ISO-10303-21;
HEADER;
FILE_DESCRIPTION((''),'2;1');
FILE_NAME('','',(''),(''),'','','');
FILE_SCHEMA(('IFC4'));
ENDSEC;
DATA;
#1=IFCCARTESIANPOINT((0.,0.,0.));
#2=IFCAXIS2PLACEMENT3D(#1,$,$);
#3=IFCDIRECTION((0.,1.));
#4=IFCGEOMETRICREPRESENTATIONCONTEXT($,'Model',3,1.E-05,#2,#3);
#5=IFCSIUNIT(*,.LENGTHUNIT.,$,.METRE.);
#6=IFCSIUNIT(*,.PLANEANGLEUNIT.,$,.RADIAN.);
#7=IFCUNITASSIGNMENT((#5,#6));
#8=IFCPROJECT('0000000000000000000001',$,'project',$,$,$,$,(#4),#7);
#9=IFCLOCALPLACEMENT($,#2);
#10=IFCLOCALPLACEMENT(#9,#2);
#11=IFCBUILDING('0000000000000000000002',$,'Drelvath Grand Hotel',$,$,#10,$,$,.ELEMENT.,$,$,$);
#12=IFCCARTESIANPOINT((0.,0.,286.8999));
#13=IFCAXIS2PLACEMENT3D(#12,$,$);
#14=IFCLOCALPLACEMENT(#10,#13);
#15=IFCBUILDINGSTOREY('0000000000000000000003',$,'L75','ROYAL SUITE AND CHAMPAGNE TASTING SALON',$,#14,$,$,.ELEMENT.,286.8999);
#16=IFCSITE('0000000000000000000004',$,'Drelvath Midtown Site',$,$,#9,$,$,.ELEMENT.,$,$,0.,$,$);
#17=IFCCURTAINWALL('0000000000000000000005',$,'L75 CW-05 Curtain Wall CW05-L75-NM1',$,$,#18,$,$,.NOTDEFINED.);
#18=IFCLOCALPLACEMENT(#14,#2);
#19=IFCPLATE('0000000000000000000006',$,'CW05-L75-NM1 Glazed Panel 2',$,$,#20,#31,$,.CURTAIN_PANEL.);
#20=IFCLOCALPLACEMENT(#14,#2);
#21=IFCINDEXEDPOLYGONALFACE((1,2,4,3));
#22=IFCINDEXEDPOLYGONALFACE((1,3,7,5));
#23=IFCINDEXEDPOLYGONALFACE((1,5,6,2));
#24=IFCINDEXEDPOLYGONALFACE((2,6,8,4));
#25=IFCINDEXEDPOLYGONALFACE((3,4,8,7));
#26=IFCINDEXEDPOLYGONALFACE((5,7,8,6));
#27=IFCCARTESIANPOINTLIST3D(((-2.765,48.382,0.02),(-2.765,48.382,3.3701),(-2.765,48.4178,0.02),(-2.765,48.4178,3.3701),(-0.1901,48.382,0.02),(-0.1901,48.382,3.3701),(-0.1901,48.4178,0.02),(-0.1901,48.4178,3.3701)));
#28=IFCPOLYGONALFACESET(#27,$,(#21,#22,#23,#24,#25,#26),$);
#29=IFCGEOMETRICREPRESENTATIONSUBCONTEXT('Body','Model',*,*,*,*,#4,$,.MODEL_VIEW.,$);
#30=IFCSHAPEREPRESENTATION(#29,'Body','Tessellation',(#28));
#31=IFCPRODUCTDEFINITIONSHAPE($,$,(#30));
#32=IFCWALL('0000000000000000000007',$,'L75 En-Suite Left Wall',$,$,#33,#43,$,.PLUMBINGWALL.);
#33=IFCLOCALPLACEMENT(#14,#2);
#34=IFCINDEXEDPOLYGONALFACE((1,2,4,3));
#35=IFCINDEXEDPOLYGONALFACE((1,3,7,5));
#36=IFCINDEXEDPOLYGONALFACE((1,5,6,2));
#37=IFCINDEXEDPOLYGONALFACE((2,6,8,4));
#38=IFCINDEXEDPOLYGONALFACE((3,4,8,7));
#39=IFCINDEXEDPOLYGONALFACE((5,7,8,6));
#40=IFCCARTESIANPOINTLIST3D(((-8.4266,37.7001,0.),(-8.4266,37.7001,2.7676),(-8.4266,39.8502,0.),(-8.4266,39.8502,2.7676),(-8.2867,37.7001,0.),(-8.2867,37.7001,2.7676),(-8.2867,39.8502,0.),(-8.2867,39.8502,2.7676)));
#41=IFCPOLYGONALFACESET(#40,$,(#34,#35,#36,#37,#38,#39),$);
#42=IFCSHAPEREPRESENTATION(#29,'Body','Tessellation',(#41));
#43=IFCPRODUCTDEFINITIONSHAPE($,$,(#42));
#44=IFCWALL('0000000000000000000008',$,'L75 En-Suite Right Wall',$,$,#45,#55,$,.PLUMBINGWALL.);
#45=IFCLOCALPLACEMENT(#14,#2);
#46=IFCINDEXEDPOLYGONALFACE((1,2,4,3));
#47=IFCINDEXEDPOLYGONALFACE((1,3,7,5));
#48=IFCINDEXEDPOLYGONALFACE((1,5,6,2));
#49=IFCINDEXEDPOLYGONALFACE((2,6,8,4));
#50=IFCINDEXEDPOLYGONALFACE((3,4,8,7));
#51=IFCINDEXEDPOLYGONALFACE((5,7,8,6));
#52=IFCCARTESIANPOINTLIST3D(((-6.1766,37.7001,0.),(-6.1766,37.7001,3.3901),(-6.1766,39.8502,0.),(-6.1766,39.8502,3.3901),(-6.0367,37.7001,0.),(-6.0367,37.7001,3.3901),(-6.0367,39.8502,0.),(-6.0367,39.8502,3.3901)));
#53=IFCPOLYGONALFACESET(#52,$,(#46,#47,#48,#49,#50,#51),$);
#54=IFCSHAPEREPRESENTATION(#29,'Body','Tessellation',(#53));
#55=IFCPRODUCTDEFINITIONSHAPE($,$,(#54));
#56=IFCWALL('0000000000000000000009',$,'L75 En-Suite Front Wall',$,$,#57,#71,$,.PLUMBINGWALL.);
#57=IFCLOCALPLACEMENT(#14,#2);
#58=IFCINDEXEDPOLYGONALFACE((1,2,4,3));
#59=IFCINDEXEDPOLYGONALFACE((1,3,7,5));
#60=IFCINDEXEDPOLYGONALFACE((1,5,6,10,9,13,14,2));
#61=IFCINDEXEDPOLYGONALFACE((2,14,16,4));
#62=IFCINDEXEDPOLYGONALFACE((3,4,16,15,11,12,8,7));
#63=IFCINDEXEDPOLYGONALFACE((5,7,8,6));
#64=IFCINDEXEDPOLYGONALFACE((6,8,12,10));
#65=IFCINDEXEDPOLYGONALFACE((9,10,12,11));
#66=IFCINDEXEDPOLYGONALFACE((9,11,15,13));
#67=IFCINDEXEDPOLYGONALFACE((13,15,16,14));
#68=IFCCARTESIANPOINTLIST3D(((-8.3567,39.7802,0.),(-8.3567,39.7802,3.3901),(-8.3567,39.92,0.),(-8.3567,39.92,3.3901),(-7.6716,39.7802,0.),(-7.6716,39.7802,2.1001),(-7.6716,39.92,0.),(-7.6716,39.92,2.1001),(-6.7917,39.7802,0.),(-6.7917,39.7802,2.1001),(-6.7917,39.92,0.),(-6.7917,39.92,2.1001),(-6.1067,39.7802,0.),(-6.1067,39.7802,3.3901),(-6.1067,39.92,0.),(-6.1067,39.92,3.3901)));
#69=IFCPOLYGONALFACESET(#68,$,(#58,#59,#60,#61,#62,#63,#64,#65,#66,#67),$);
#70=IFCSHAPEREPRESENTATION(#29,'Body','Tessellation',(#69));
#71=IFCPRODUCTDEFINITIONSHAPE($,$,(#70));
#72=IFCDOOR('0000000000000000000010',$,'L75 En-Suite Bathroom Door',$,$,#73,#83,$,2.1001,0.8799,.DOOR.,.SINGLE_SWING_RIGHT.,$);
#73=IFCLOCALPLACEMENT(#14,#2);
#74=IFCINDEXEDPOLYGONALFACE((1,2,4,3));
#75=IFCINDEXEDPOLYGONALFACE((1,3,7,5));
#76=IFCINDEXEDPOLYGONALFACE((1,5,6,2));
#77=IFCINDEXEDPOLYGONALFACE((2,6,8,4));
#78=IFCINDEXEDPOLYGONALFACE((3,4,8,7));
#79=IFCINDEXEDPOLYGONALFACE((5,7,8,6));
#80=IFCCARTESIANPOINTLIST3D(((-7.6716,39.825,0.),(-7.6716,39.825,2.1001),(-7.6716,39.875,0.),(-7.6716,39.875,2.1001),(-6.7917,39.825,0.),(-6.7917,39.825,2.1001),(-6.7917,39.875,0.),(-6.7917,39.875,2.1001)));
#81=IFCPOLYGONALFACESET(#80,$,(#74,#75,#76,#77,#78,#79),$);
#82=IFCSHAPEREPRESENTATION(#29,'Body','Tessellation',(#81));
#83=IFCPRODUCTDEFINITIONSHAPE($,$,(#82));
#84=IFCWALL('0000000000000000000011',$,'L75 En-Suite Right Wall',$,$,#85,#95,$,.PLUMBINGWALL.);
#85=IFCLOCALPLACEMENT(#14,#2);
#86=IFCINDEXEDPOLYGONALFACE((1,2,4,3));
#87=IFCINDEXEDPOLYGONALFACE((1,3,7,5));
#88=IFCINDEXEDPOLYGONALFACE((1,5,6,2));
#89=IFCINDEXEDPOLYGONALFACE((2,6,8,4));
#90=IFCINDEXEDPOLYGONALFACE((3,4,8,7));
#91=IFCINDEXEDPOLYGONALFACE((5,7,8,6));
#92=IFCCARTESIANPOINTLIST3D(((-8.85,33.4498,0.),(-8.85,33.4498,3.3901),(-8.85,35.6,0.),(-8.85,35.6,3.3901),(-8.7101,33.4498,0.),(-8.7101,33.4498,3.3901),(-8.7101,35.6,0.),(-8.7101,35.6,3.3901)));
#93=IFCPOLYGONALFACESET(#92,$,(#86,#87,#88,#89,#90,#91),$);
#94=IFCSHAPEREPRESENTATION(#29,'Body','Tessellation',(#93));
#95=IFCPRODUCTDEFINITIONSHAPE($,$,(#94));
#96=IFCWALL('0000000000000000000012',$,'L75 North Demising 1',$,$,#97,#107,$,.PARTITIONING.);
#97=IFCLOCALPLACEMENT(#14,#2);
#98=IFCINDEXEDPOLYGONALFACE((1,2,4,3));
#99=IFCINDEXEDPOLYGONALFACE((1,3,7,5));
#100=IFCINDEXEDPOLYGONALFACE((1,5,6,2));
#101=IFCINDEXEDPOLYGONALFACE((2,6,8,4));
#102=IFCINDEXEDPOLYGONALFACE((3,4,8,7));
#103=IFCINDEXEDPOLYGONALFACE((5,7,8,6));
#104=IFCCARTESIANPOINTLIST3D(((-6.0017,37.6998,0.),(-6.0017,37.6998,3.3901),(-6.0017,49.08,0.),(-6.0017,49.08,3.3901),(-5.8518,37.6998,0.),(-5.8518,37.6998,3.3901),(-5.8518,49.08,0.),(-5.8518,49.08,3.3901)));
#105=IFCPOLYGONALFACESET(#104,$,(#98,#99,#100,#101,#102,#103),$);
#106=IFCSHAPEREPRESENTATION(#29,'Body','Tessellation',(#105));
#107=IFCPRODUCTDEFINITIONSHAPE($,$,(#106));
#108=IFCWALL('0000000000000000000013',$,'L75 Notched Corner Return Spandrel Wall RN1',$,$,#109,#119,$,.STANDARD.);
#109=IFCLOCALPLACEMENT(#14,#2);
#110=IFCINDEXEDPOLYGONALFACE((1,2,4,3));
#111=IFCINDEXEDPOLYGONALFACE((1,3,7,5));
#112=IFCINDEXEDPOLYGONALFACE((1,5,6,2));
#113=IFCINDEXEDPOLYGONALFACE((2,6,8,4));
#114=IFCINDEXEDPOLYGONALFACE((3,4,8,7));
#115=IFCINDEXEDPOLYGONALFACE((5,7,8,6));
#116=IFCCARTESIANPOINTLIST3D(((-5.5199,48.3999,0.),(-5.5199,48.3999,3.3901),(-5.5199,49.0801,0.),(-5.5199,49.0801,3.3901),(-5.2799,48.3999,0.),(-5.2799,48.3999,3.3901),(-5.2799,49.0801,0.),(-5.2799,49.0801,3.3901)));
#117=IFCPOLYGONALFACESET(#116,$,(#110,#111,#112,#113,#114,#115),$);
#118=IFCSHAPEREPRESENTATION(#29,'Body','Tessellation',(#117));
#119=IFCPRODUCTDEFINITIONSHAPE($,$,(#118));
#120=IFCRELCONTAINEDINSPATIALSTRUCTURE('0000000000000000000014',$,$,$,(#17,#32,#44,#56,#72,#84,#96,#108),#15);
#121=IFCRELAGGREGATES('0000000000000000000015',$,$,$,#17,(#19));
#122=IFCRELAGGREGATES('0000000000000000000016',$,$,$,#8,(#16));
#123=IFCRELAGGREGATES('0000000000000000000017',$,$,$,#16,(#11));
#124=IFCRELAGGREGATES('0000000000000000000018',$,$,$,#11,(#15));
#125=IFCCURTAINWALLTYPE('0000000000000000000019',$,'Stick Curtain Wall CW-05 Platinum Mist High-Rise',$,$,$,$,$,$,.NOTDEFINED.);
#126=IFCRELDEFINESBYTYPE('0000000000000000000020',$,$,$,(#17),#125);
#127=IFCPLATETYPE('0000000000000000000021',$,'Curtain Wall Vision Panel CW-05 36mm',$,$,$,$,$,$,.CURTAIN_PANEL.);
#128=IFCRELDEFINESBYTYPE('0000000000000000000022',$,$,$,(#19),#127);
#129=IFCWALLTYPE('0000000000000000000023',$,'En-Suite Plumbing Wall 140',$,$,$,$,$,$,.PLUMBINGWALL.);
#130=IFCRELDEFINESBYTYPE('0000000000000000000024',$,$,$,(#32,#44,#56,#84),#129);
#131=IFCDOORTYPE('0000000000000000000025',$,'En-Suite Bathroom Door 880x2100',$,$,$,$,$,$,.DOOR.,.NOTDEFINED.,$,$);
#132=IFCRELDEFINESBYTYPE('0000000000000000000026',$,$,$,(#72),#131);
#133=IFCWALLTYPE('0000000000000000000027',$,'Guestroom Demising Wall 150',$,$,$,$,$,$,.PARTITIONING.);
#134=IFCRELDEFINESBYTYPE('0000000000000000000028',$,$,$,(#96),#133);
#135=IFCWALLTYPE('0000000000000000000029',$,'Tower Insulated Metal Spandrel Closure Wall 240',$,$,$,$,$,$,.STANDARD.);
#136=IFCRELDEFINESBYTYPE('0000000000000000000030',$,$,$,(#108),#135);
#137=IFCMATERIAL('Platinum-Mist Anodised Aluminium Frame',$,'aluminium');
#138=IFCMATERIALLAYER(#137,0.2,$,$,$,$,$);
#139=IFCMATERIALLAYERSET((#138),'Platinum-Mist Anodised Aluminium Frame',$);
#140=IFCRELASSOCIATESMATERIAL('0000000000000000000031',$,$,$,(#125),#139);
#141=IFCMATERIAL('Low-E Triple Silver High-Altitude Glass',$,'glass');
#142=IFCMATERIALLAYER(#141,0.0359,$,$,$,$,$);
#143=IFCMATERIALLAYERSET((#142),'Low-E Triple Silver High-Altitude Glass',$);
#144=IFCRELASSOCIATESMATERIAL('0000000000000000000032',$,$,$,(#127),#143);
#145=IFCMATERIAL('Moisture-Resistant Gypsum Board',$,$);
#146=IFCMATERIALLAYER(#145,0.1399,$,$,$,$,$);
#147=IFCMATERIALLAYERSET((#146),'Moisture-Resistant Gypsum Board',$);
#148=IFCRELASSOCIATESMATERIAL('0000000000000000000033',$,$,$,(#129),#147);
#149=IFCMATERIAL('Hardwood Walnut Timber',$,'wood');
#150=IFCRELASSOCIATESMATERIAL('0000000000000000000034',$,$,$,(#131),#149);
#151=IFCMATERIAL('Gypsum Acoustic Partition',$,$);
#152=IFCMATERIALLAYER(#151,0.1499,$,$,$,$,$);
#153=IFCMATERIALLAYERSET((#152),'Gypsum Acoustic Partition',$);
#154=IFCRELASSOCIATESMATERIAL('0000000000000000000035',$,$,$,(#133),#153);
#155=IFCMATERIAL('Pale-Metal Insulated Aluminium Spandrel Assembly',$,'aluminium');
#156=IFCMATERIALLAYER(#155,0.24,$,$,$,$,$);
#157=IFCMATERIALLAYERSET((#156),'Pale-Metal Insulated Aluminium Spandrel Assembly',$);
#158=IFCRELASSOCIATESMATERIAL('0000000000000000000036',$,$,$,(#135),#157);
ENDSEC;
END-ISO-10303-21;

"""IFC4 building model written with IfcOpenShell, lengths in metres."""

from ifc_helpers import new_model, si_unit, direction, frame, frame_2d, origin, origin_2d, place, context, subcontext, project, spatial, rectangle, extrude, material, layer, layer_set, type_object, element, fill, aggregate, save


model = new_model("IFC4")

# Units and contexts
model_context = context("Model", 3, precision=1e-05, world=origin(), true_north=direction((0.0, 1.0)))
body_context = subcontext(model_context, "Body", "Model", "MODEL_VIEW")
ifc_project = project(units=[si_unit("LENGTHUNIT", "METRE"), si_unit("PLANEANGLEUNIT", "RADIAN")], contexts=[model_context])

# Site, building, storey
site_placement = place(None, origin())
site = spatial("IfcSite", under=ifc_project, at=site_placement, Name="Drelvath Midtown Site", CompositionType="ELEMENT", RefElevation=0.0)
building_placement = place(site_placement, origin())
building = spatial("IfcBuilding", under=site, at=building_placement, Name="Drelvath Grand Hotel", CompositionType="ELEMENT")
storey_placement = place(building_placement, frame((0.0, 0.0, 286.8999)))
storey = spatial("IfcBuildingStorey", under=building, at=storey_placement, Name="L75", Description="ROYAL SUITE AND CHAMPAGNE TASTING SALON", CompositionType="ELEMENT", Elevation=286.8999)

# Curtain wall
ifc_material_1 = material(Name="Platinum-Mist Anodised Aluminium Frame", Category="aluminium")
ifc_layer_1 = layer(ifc_material_1, 0.2)
ifc_layer_set_1 = layer_set([ifc_layer_1], Name="Platinum-Mist Anodised Aluminium Frame")
curtain_wall_type = type_object("IfcCurtainWallType", Name="Stick Curtain Wall CW-05 Platinum Mist High-Rise", PredefinedType="NOTDEFINED", material=ifc_layer_set_1)
curtain_wall_1_placement = place(storey_placement, origin())
curtain_wall_1 = element("IfcCurtainWall", 1, at=curtain_wall_1_placement, inside=storey, type_object=curtain_wall_type, Name="L75 CW-05 Curtain Wall CW05-L75-NM1", PredefinedType="NOTDEFINED")

# Plate
ifc_material_2 = material(Name="Low-E Triple Silver High-Altitude Glass", Category="glass")
ifc_layer_2 = layer(ifc_material_2, 0.0359)
ifc_layer_set_2 = layer_set([ifc_layer_2], Name="Low-E Triple Silver High-Altitude Glass")
plate_type = type_object("IfcPlateType", Name="Curtain Wall Vision Panel CW-05 36mm", PredefinedType="CURTAIN_PANEL", material=ifc_layer_set_2)
plate_1_placement = place(storey_placement, frame((-1.4775, 48.3999, 0.02), z_axis=(0.0, 0.0, 1.0), x_axis=(1.0, 0.0, 0.0)))
plate_1 = element("IfcPlate", 2, at=plate_1_placement, type_object=plate_type, Name="CW05-L75-NM1 Glazed Panel 2", PredefinedType="CURTAIN_PANEL", context=body_context, shape_type="SweptSolid", body=[
    extrude(rectangle(XDim=2.575, YDim=0.0359, at=origin_2d()), origin(), (0.0, 0.0, 1.0), 3.3501),
])
aggregate(curtain_wall_1, [plate_1])

# Walls
ifc_material_3 = material(Name="Moisture-Resistant Gypsum Board")
ifc_layer_3 = layer(ifc_material_3, 0.1399)
ifc_layer_set_3 = layer_set([ifc_layer_3], Name="Moisture-Resistant Gypsum Board")
wall_type_1 = type_object("IfcWallType", Name="En-Suite Plumbing Wall 140", PredefinedType="PLUMBINGWALL", material=ifc_layer_set_3)
wall_1_placement = place(storey_placement, frame((-8.3567, 37.7, 0.0), z_axis=(0.0, 0.0, 1.0), x_axis=(0.0, 1.0, 0.0)))
element("IfcWall", 3, at=wall_1_placement, inside=storey, type_object=wall_type_1, Name="L75 En-Suite Left Wall", PredefinedType="PLUMBINGWALL", context=body_context, shape_type="SweptSolid", body=[
    extrude(rectangle(XDim=2.1501, YDim=0.1399, at=frame_2d((1.0752, 0.0))), origin(), (0.0, 0.0, 1.0), 2.7676),
])
wall_2_placement = place(storey_placement, frame((-6.1067, 37.7, 0.0), z_axis=(0.0, 0.0, 1.0), x_axis=(0.0, 1.0, 0.0)))
element("IfcWall", 4, at=wall_2_placement, inside=storey, type_object=wall_type_1, Name="L75 En-Suite Right Wall", PredefinedType="PLUMBINGWALL", context=body_context, shape_type="SweptSolid", body=[
    extrude(rectangle(XDim=2.1501, YDim=0.1399, at=frame_2d((1.0752, 0.0))), origin(), (0.0, 0.0, 1.0), 3.3901),
])

# Wall, opening, door
wall_3_placement = place(storey_placement, frame((-8.3567, 39.8501, 0.0), z_axis=(0.0, 0.0, 1.0), x_axis=(1.0, 0.0, 0.0)))
wall_3 = element("IfcWall", 5, at=wall_3_placement, inside=storey, type_object=wall_type_1, Name="L75 En-Suite Front Wall", PredefinedType="PLUMBINGWALL", context=body_context, shape_type="SweptSolid", body=[
    extrude(rectangle(XDim=2.25, YDim=0.1399, at=frame_2d((1.125, 0.0))), origin(), (0.0, 0.0, 1.0), 3.3901),
])
opening_placement = place(wall_3_placement, frame((0.6851, 0.0, 0.0)))
opening = element("IfcOpeningElement", 6, at=opening_placement, cuts=wall_3, PredefinedType="OPENING", context=body_context, shape_type="SweptSolid", body=[
    extrude(rectangle(XDim=0.8799, YDim=2.1001, at=frame_2d((0.4399, 1.05))), frame((0.0, 0.0798, 0.0), z_axis=(0.0, -1.0, 0.0), x_axis=(1.0, 0.0, 0.0)), (0.0, 0.0, 1.0), 0.1599),
])
ifc_material_4 = material(Name="Hardwood Walnut Timber", Category="wood")
door_type = type_object("IfcDoorType", Name="En-Suite Bathroom Door 880x2100", OperationType="NOTDEFINED", PredefinedType="DOOR", material=ifc_material_4)
door_placement = place(opening_placement, origin())
door = element("IfcDoor", 7, at=door_placement, inside=storey, type_object=door_type, Name="L75 En-Suite Bathroom Door", OperationType="SINGLE_SWING_RIGHT", OverallHeight=2.1001, OverallWidth=0.8799, PredefinedType="DOOR", context=body_context, shape_type="SweptSolid", body=[
    extrude(rectangle(XDim=0.8799, YDim=2.1001, at=frame_2d((0.4399, 1.05))), frame((0.0, 0.0249, 0.0), z_axis=(0.0, -1.0, 0.0), x_axis=(1.0, 0.0, 0.0)), (0.0, 0.0, 1.0), 0.05),
])
fill(opening, door)

# Walls
wall_4_placement = place(storey_placement, frame((-8.78, 35.6001, 0.0), z_axis=(0.0, 0.0, 1.0), x_axis=(0.0, -1.0, 0.0)))
element("IfcWall", 8, at=wall_4_placement, inside=storey, type_object=wall_type_1, Name="L75 En-Suite Right Wall", PredefinedType="PLUMBINGWALL", context=body_context, shape_type="SweptSolid", body=[
    extrude(rectangle(XDim=2.1501, YDim=0.1399, at=frame_2d((1.0752, 0.0))), origin(), (0.0, 0.0, 1.0), 3.3901),
])
ifc_material_5 = material(Name="Gypsum Acoustic Partition")
ifc_layer_4 = layer(ifc_material_5, 0.1499)
ifc_layer_set_4 = layer_set([ifc_layer_4], Name="Gypsum Acoustic Partition")
wall_type_2 = type_object("IfcWallType", Name="Guestroom Demising Wall 150", PredefinedType="PARTITIONING", material=ifc_layer_set_4)
wall_5_placement = place(storey_placement, frame((-5.9268, 37.7, 0.0), z_axis=(0.0, 0.0, 1.0), x_axis=(0.0, 1.0, 0.0)))
element("IfcWall", 9, at=wall_5_placement, inside=storey, type_object=wall_type_2, Name="L75 North Demising 1", PredefinedType="PARTITIONING", context=body_context, shape_type="SweptSolid", body=[
    extrude(rectangle(XDim=11.3801, YDim=0.1499, at=frame_2d((5.6899, 0.0))), origin(), (0.0, 0.0, 1.0), 3.3901),
])
ifc_material_6 = material(Name="Pale-Metal Insulated Aluminium Spandrel Assembly", Category="aluminium")
ifc_layer_5 = layer(ifc_material_6, 0.24)
ifc_layer_set_5 = layer_set([ifc_layer_5], Name="Pale-Metal Insulated Aluminium Spandrel Assembly")
wall_type_3 = type_object("IfcWallType", Name="Tower Insulated Metal Spandrel Closure Wall 240", PredefinedType="STANDARD", material=ifc_layer_set_5)
wall_6_placement = place(storey_placement, frame((-5.3999, 49.0801, 0.0), z_axis=(0.0, 0.0, 1.0), x_axis=(0.0, -1.0, 0.0)))
element("IfcWall", 10, at=wall_6_placement, inside=storey, type_object=wall_type_3, Name="L75 Notched Corner Return Spandrel Wall RN1", PredefinedType="STANDARD", context=body_context, shape_type="SweptSolid", body=[
    extrude(rectangle(XDim=0.6802, YDim=0.24, at=frame_2d((0.3401, 0.0))), origin(), (0.0, 0.0, 1.0), 3.3901),
])

save(model, "model.ifc")
